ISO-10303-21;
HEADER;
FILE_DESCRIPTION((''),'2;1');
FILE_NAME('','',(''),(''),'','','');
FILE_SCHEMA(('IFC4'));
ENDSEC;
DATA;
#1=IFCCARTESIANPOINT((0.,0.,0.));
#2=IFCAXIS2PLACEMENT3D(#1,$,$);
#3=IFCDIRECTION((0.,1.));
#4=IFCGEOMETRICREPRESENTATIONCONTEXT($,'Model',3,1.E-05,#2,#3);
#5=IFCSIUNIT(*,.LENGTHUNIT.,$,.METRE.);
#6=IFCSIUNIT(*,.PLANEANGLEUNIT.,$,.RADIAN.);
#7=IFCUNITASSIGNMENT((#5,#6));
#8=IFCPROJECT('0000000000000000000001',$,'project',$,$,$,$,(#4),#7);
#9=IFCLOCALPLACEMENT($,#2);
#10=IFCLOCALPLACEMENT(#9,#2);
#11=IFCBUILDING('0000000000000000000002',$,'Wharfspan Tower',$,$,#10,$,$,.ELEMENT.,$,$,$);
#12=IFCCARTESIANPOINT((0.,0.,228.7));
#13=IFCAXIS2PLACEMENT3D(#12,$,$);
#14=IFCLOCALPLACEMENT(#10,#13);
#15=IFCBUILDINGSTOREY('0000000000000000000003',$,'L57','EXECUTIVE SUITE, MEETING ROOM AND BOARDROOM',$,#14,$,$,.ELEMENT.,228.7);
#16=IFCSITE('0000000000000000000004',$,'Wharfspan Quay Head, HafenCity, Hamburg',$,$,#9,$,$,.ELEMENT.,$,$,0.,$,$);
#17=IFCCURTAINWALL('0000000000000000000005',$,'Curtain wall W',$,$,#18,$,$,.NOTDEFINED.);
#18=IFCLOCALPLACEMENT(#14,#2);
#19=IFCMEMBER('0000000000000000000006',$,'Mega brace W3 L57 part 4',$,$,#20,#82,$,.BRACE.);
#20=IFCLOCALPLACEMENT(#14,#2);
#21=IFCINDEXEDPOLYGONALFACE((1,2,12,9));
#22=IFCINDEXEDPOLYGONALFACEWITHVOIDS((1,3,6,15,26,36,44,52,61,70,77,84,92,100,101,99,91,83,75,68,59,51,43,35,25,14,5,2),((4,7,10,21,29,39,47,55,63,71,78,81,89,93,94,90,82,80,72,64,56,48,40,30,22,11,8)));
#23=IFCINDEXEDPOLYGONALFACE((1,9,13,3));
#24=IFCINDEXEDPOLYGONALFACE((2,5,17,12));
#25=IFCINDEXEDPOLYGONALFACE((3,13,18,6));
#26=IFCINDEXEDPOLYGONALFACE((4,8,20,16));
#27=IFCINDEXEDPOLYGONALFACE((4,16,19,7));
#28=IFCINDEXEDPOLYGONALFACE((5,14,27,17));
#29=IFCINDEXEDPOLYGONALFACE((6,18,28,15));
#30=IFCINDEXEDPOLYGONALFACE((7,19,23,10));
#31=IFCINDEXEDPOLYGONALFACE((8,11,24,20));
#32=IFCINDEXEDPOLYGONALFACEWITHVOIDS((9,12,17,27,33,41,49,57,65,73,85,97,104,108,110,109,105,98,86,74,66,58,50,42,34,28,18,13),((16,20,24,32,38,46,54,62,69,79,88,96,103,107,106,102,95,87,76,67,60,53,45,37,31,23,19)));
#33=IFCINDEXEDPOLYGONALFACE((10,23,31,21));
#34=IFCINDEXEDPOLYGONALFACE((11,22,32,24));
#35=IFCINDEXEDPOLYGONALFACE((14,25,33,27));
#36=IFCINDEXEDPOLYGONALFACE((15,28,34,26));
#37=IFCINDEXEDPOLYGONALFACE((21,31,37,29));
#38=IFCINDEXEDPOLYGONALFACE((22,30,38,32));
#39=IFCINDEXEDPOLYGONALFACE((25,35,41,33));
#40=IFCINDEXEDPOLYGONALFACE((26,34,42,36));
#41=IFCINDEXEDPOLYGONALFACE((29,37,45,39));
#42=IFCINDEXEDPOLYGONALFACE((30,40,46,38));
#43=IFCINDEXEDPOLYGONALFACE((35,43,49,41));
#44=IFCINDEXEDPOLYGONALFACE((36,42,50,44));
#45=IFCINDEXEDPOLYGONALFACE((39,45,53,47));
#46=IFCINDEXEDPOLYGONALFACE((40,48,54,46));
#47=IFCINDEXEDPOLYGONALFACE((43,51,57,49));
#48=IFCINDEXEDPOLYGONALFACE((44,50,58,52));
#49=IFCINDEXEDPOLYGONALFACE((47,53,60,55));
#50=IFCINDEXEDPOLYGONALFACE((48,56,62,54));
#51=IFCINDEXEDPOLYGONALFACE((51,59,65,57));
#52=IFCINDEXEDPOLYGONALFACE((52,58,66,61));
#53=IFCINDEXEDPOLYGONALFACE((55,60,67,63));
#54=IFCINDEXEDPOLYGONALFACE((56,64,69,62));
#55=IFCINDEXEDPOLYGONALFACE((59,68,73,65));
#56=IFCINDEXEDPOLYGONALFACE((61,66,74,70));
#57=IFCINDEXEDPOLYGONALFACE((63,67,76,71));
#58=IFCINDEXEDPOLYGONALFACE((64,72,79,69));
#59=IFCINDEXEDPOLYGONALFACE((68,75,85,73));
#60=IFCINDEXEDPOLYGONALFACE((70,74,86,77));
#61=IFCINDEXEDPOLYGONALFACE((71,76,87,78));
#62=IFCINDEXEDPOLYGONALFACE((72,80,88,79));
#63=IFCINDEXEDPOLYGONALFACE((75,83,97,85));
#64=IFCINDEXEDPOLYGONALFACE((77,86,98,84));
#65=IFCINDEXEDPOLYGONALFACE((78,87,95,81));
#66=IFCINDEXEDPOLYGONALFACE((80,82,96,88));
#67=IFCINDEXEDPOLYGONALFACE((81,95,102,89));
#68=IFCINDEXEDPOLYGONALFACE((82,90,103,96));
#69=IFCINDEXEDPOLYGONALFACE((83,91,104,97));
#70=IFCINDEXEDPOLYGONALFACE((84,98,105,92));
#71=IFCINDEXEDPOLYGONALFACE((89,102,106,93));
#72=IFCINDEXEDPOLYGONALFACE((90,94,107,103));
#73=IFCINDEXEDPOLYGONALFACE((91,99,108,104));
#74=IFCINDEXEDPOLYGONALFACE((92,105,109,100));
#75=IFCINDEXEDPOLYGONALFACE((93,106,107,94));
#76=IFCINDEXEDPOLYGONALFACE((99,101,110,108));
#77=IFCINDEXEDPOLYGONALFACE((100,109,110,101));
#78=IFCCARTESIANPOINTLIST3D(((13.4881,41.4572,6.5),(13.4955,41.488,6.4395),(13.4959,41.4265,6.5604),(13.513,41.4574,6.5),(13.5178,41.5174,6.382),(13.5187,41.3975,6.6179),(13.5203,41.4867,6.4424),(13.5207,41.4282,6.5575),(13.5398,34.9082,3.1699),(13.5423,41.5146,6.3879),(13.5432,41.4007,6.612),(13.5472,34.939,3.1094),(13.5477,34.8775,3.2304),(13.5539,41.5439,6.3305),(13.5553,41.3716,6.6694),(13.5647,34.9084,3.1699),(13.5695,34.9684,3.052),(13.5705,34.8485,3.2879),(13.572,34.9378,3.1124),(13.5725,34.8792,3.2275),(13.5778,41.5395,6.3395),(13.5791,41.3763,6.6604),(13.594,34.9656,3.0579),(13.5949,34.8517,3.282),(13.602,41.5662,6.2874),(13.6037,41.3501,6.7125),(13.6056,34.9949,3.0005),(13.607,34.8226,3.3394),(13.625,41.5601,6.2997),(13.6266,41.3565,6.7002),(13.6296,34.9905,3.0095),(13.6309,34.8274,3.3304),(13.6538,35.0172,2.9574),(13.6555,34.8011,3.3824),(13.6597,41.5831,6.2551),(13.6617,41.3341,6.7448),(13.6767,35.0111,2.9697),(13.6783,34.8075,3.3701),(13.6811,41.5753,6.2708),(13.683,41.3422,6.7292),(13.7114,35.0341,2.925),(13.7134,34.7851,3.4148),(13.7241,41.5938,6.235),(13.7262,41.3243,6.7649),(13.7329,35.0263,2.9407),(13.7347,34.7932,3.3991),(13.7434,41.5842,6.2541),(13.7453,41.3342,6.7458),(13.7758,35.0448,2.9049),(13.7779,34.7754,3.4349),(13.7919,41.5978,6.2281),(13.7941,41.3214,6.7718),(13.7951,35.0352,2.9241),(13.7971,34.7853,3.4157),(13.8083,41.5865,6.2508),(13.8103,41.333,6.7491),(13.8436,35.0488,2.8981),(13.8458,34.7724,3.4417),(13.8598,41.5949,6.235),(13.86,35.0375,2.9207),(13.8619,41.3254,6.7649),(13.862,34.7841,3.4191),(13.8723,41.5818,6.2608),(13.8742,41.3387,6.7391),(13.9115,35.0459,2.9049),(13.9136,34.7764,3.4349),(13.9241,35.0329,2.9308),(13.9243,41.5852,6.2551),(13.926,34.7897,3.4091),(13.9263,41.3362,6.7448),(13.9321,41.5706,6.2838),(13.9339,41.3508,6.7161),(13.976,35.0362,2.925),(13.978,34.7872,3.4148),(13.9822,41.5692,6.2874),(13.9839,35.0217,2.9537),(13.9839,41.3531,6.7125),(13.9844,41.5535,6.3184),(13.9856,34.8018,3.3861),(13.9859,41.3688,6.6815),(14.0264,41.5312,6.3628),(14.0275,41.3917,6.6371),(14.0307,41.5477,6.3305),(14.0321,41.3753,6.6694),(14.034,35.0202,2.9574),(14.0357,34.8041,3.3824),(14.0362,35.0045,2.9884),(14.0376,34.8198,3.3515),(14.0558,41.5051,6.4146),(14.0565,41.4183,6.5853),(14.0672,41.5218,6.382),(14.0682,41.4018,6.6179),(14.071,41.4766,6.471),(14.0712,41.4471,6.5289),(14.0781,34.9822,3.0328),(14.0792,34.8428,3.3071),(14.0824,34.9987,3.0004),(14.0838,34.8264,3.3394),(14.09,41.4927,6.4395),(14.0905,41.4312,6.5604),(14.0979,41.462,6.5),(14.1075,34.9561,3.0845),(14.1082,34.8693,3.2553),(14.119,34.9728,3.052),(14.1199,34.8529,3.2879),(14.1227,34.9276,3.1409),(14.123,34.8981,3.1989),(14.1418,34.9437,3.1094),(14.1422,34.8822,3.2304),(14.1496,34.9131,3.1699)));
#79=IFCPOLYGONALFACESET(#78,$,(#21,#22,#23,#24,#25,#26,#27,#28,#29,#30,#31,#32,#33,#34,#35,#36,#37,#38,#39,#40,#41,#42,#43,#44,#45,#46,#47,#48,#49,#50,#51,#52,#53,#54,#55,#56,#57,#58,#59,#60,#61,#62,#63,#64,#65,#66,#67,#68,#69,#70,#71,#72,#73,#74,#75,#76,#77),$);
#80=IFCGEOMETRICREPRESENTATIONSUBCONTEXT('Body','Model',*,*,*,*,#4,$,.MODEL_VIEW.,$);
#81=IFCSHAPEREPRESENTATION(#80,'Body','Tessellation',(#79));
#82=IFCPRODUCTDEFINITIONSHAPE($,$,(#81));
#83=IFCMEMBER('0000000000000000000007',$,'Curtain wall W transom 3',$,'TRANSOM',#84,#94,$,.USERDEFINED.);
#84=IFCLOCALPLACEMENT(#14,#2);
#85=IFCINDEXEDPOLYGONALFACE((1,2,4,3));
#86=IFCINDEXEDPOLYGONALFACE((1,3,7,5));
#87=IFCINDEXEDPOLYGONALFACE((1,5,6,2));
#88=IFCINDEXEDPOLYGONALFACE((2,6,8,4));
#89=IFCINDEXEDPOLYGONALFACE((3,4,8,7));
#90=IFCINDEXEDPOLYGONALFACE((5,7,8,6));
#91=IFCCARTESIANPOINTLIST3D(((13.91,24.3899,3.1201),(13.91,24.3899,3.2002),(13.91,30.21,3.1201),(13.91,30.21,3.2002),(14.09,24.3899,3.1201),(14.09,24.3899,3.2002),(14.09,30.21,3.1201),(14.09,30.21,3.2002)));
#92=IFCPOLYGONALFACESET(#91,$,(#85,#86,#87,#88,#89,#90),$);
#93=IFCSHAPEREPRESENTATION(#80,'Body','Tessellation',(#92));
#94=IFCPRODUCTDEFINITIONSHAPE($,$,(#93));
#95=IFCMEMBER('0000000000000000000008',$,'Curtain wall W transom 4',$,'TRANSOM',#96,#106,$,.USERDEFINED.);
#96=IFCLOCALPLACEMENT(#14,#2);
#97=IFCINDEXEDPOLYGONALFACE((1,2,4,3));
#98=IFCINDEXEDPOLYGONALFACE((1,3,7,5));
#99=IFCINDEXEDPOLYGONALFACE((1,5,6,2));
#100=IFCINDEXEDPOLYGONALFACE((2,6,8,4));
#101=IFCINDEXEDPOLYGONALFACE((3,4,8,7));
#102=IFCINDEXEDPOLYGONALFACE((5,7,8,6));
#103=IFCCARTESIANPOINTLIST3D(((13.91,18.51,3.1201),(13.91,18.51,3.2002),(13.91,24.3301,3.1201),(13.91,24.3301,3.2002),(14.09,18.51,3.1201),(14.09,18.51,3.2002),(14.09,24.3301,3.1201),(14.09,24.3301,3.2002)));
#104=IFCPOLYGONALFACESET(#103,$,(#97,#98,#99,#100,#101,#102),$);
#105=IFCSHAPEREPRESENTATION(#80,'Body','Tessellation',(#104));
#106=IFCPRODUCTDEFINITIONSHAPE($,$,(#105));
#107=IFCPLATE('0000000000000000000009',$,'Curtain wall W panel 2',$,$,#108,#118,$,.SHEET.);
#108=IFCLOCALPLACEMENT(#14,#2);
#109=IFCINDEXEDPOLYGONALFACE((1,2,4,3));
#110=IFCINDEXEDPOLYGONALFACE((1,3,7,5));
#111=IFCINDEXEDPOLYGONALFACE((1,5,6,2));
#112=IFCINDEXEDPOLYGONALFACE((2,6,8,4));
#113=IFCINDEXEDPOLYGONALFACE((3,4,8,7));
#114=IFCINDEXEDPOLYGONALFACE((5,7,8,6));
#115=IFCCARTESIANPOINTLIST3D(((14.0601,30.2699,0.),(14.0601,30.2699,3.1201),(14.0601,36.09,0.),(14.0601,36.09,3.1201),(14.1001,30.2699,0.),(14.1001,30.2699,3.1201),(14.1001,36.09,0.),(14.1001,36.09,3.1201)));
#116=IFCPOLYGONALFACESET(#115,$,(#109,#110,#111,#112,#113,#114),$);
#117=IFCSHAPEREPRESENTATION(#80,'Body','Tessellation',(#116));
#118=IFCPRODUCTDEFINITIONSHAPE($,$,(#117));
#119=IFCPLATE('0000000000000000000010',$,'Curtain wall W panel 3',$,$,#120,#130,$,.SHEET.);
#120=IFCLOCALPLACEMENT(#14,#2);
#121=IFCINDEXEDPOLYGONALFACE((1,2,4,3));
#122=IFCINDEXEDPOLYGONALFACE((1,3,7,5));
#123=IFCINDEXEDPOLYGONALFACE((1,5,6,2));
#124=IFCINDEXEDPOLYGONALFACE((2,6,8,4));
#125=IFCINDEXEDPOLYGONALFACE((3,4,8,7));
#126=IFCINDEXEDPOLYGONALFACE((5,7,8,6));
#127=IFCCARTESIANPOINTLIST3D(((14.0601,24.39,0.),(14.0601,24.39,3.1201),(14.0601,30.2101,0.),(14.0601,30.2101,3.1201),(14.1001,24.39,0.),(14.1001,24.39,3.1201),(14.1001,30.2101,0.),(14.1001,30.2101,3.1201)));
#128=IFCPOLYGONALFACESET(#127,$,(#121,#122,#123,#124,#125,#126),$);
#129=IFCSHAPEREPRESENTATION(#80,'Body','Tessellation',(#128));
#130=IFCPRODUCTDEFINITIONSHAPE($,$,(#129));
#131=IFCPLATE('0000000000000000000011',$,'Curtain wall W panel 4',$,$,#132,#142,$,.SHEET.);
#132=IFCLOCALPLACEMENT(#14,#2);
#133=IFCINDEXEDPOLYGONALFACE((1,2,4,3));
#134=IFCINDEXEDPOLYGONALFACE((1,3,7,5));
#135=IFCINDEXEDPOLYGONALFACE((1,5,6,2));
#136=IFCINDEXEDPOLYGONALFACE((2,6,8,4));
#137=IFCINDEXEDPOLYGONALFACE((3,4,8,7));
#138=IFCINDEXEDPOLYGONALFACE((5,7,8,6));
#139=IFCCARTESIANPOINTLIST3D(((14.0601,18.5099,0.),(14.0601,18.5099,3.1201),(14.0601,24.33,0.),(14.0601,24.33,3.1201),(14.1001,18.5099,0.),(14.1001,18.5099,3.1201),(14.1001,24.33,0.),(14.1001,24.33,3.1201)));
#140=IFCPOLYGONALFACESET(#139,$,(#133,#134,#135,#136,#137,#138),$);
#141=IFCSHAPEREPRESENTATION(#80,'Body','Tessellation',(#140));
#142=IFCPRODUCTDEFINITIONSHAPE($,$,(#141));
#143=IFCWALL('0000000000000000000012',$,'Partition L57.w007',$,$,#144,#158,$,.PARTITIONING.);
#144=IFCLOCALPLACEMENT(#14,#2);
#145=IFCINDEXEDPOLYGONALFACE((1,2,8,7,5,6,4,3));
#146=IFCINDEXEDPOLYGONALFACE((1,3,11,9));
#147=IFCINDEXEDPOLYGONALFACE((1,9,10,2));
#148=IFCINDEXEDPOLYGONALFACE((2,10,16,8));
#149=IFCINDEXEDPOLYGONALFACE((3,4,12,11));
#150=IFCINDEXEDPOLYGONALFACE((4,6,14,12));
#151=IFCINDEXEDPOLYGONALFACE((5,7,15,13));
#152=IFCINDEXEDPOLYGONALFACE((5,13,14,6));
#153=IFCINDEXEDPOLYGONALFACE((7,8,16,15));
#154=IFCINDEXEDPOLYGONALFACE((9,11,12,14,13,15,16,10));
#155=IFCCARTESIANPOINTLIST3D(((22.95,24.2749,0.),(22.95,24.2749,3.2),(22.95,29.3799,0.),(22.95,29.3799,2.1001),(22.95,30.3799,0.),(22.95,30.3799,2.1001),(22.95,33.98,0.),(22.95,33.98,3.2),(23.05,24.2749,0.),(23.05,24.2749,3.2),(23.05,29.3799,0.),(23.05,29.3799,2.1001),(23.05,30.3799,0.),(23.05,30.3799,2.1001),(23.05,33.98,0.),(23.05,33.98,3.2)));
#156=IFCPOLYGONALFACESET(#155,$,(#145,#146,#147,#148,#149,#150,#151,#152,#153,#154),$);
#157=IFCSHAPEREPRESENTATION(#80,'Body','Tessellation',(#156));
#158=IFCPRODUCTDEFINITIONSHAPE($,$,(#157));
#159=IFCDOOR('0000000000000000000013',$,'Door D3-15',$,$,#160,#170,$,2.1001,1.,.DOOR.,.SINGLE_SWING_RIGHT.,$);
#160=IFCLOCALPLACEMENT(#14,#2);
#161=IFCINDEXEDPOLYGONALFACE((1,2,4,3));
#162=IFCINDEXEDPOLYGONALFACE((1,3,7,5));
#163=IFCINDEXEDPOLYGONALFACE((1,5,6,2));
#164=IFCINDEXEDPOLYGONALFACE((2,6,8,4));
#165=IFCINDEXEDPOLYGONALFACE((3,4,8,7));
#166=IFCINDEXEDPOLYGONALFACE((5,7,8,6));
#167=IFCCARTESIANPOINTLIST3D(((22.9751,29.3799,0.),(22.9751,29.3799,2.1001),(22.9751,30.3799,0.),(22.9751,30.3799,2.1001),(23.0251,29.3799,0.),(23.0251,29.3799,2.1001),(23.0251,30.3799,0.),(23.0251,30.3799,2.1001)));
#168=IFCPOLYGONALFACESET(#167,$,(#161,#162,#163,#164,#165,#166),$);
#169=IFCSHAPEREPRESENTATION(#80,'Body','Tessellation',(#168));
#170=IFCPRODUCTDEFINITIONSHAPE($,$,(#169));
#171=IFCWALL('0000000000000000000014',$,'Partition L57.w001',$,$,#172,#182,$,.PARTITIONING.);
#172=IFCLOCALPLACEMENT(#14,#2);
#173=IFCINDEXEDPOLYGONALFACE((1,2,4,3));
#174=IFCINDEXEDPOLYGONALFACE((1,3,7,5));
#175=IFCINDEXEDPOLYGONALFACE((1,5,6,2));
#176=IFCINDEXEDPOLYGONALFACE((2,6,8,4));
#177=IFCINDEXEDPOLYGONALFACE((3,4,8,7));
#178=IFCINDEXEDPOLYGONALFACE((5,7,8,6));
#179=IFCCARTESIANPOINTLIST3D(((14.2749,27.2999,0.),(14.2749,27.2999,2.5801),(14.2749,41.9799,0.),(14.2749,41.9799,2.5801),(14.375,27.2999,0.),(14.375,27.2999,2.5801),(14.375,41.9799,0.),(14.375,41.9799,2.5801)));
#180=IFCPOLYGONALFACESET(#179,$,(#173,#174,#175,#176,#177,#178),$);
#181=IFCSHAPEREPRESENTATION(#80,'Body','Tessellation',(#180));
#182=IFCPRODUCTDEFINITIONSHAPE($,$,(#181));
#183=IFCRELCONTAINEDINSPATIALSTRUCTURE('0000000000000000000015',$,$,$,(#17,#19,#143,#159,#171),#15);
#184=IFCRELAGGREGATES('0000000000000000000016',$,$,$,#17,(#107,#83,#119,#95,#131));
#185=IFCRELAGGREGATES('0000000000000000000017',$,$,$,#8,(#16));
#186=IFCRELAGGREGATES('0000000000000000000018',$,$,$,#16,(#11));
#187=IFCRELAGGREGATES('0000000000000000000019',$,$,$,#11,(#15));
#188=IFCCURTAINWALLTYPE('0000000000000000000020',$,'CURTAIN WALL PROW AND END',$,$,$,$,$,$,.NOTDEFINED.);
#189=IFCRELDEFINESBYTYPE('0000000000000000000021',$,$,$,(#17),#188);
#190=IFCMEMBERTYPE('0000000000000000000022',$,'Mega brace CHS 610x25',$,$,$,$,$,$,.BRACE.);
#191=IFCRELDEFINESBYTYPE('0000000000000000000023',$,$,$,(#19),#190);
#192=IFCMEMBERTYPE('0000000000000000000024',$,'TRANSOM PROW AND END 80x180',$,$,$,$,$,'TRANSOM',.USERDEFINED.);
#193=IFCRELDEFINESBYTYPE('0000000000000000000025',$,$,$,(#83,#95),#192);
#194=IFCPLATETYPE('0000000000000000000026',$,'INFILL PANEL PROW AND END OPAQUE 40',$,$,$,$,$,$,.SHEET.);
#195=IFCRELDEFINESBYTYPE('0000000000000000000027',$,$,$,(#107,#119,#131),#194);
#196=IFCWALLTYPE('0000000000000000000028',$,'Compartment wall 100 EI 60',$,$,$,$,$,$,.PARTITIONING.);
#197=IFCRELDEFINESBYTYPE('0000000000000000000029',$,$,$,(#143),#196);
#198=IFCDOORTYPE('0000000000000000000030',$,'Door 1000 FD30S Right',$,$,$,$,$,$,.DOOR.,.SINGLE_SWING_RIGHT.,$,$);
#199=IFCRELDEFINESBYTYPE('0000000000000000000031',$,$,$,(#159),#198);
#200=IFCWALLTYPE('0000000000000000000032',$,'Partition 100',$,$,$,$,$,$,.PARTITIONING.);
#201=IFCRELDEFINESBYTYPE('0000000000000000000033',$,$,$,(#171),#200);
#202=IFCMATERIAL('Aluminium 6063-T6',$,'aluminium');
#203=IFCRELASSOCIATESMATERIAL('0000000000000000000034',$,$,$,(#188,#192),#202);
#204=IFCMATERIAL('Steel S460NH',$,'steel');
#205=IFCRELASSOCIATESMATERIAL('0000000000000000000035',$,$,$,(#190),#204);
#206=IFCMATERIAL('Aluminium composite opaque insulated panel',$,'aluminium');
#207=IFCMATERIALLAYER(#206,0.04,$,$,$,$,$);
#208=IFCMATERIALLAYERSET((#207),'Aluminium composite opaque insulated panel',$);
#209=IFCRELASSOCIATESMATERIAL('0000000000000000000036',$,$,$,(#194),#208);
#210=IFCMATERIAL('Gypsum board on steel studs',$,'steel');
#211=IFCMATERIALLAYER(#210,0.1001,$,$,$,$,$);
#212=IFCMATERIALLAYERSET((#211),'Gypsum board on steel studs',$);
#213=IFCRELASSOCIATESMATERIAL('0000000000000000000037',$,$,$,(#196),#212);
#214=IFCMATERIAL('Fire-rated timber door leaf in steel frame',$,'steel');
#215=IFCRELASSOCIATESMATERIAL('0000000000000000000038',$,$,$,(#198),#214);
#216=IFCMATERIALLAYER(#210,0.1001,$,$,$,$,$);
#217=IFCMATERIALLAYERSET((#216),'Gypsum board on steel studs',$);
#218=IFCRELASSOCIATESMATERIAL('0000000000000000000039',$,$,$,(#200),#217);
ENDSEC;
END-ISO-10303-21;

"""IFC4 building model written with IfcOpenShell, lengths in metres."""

from ifc_helpers import new_model, si_unit, direction, frame, frame_2d, origin, origin_2d, place, context, subcontext, project, spatial, rectangle, hollow_circle, extrude, material, layer, layer_set, material_profile, profile_set, type_object, element, fill, aggregate, save


model = new_model("IFC4")

# Units and contexts
model_context = context("Model", 3, precision=1e-05, world=origin(), true_north=direction((0.0, 1.0)))
body_context = subcontext(model_context, "Body", "Model", "MODEL_VIEW")
ifc_project = project(units=[si_unit("LENGTHUNIT", "METRE"), si_unit("PLANEANGLEUNIT", "RADIAN")], contexts=[model_context])

# Site, building, storey
site_placement = place(None, origin())
site = spatial("IfcSite", under=ifc_project, at=site_placement, Name="Wharfspan Quay Head, HafenCity, Hamburg", CompositionType="ELEMENT", RefElevation=0.0)
building_placement = place(site_placement, origin())
building = spatial("IfcBuilding", under=site, at=building_placement, Name="Wharfspan Tower", CompositionType="ELEMENT")
storey_placement = place(building_placement, frame((0.0, 0.0, 228.7)))
storey = spatial("IfcBuildingStorey", under=building, at=storey_placement, Name="L57", Description="EXECUTIVE SUITE, MEETING ROOM AND BOARDROOM", CompositionType="ELEMENT", Elevation=228.7)

# Curtain wall
ifc_material_1 = material(Name="Aluminium 6063-T6", Category="aluminium")
curtain_wall_type = type_object("IfcCurtainWallType", Name="CURTAIN WALL PROW AND END", PredefinedType="NOTDEFINED", material=ifc_material_1)
curtain_wall_placement = place(storey_placement, origin())
curtain_wall = element("IfcCurtainWall", 1, at=curtain_wall_placement, inside=storey, type_object=curtain_wall_type, Name="Curtain wall W", PredefinedType="NOTDEFINED")

# Member
ifc_material_2 = material(Name="Steel S460NH", Category="steel")
ifc_material_profile_1 = material_profile(ifc_material_2, hollow_circle(Radius=0.3049, WallThickness=0.0249, at=origin_2d()))
ifc_profile_set_1 = profile_set([ifc_material_profile_1], Name="Steel S460NH")
member_type_1 = type_object("IfcMemberType", Name="Mega brace CHS 610x25", PredefinedType="BRACE", material=ifc_profile_set_1)
for number, where, z_axis, x_axis, name in (
    (2, (13.8447, 34.9106, 3.1699), (-0.007044, 0.891361, 0.45324), (-0.999973, -0.007904, 0.000003), "Mega brace W3 L57 part 4"),
):
    element("IfcMember", number, at=place(storey_placement, frame(where, z_axis=z_axis, x_axis=x_axis)), inside=storey, type_object=member_type_1, Name=name, PredefinedType="BRACE", context=body_context, shape_type="SweptSolid", body=[
        extrude(hollow_circle(Radius=0.3049, WallThickness=0.0249, at=origin_2d()), origin(), (0.0, 0.0, 1.0), 7.3472),
    ])

# Members
ifc_material_profile_2 = material_profile(ifc_material_1, rectangle(XDim=0.1799, YDim=0.0801, at=origin_2d()))
ifc_profile_set_2 = profile_set([ifc_material_profile_2], Name="Aluminium 6063-T6")
member_type_2 = type_object("IfcMemberType", Name="TRANSOM PROW AND END 80x180", ElementType="TRANSOM", PredefinedType="USERDEFINED", material=ifc_profile_set_2)
member_1_placement = place(storey_placement, frame((14.0, 30.21, 3.1602), z_axis=(0.0, -1.0, 0.0), x_axis=(1.0, 0.0, 0.0)))
member_1 = element("IfcMember", 3, at=member_1_placement, type_object=member_type_2, Name="Curtain wall W transom 3", ObjectType="TRANSOM", PredefinedType="USERDEFINED", context=body_context, shape_type="SweptSolid", body=[
    extrude(rectangle(XDim=0.1799, YDim=0.0801, at=origin_2d()), origin(), (0.0, 0.0, 1.0), 5.8201),
])
member_2_placement = place(storey_placement, frame((14.0, 24.3301, 3.1602), z_axis=(0.0, -1.0, 0.0), x_axis=(1.0, 0.0, 0.0)))
member_2 = element("IfcMember", 4, at=member_2_placement, type_object=member_type_2, Name="Curtain wall W transom 4", ObjectType="TRANSOM", PredefinedType="USERDEFINED", context=body_context, shape_type="SweptSolid", body=[
    extrude(rectangle(XDim=0.1799, YDim=0.0801, at=origin_2d()), origin(), (0.0, 0.0, 1.0), 5.8201),
])

# Plates
ifc_material_3 = material(Name="Aluminium composite opaque insulated panel", Category="aluminium")
ifc_layer_1 = layer(ifc_material_3, 0.04)
ifc_layer_set_1 = layer_set([ifc_layer_1], Name="Aluminium composite opaque insulated panel")
plate_type = type_object("IfcPlateType", Name="INFILL PANEL PROW AND END OPAQUE 40", PredefinedType="SHEET", material=ifc_layer_set_1)
plate_1_placement = place(storey_placement, frame((14.0801, 33.1799, 0.0), z_axis=(0.0, 0.0, 1.0), x_axis=(0.0, -1.0, 0.0)))
plate_1 = element("IfcPlate", 5, at=plate_1_placement, type_object=plate_type, Name="Curtain wall W panel 2", PredefinedType="SHEET", context=body_context, shape_type="SweptSolid", body=[
    extrude(rectangle(XDim=5.8201, YDim=0.04, at=origin_2d()), origin(), (0.0, 0.0, 1.0), 3.1201),
])
plate_2_placement = place(storey_placement, frame((14.0801, 27.3, 0.0), z_axis=(0.0, 0.0, 1.0), x_axis=(0.0, -1.0, 0.0)))
plate_2 = element("IfcPlate", 6, at=plate_2_placement, type_object=plate_type, Name="Curtain wall W panel 3", PredefinedType="SHEET", context=body_context, shape_type="SweptSolid", body=[
    extrude(rectangle(XDim=5.8201, YDim=0.04, at=origin_2d()), origin(), (0.0, 0.0, 1.0), 3.1201),
])
plate_3_placement = place(storey_placement, frame((14.0801, 21.4199, 0.0), z_axis=(0.0, 0.0, 1.0), x_axis=(0.0, -1.0, 0.0)))
plate_3 = element("IfcPlate", 7, at=plate_3_placement, type_object=plate_type, Name="Curtain wall W panel 4", PredefinedType="SHEET", context=body_context, shape_type="SweptSolid", body=[
    extrude(rectangle(XDim=5.8201, YDim=0.04, at=origin_2d()), origin(), (0.0, 0.0, 1.0), 3.1201),
])
aggregate(curtain_wall, [plate_1, member_1, plate_2, member_2, plate_3])

# Wall, opening, door
ifc_material_4 = material(Name="Gypsum board on steel studs", Category="steel")
ifc_layer_2 = layer(ifc_material_4, 0.1001)
ifc_layer_set_2 = layer_set([ifc_layer_2], Name="Gypsum board on steel studs")
wall_type_1 = type_object("IfcWallType", Name="Compartment wall 100 EI 60", PredefinedType="PARTITIONING", material=ifc_layer_set_2)
wall_1_placement = place(storey_placement, frame((23.0, 24.2749, 0.0), z_axis=(0.0, 0.0, 1.0), x_axis=(0.0, 1.0, 0.0)))
wall_1 = element("IfcWall", 8, at=wall_1_placement, inside=storey, type_object=wall_type_1, Name="Partition L57.w007", PredefinedType="PARTITIONING", context=body_context, shape_type="SweptSolid", body=[
    extrude(rectangle(XDim=9.7051, YDim=0.1001, at=frame_2d((4.8525, 0.0))), origin(), (0.0, 0.0, 1.0), 3.2),
])
opening_placement = place(wall_1_placement, frame((5.105, 0.0, 0.0)))
opening = element("IfcOpeningElement", 9, at=opening_placement, cuts=wall_1, PredefinedType="OPENING", context=body_context, shape_type="SweptSolid", body=[
    extrude(rectangle(XDim=1.0, YDim=2.1001, at=frame_2d((0.5, 1.05))), frame((0.0, 0.0601, 0.0), z_axis=(0.0, -1.0, 0.0), x_axis=(1.0, 0.0, 0.0)), (0.0, 0.0, 1.0), 0.1201),
])
ifc_material_5 = material(Name="Fire-rated timber door leaf in steel frame", Category="steel")
door_type = type_object("IfcDoorType", Name="Door 1000 FD30S Right", OperationType="SINGLE_SWING_RIGHT", PredefinedType="DOOR", material=ifc_material_5)
door_placement = place(opening_placement, origin())
door = element("IfcDoor", 10, at=door_placement, inside=storey, type_object=door_type, Name="Door D3-15", OperationType="SINGLE_SWING_RIGHT", OverallHeight=2.1001, OverallWidth=1.0, PredefinedType="DOOR", context=body_context, shape_type="SweptSolid", body=[
    extrude(rectangle(XDim=1.0, YDim=2.1001, at=frame_2d((0.5, 1.05))), frame((0.0, 0.0249, 0.0), z_axis=(0.0, -1.0, 0.0), x_axis=(1.0, 0.0, 0.0)), (0.0, 0.0, 1.0), 0.05),
])
fill(opening, door)

# Wall
ifc_layer_3 = layer(ifc_material_4, 0.1001)
ifc_layer_set_3 = layer_set([ifc_layer_3], Name="Gypsum board on steel studs")
wall_type_2 = type_object("IfcWallType", Name="Partition 100", PredefinedType="PARTITIONING", material=ifc_layer_set_3)
wall_2_placement = place(storey_placement, frame((14.325, 27.3, 0.0), z_axis=(0.0, 0.0, 1.0), x_axis=(0.0, 1.0, 0.0)))
element("IfcWall", 11, at=wall_2_placement, inside=storey, type_object=wall_type_2, Name="Partition L57.w001", PredefinedType="PARTITIONING", context=body_context, shape_type="SweptSolid", body=[
    extrude(rectangle(XDim=14.6799, YDim=0.1001, at=frame_2d((7.3398, 0.0))), origin(), (0.0, 0.0, 1.0), 2.5801),
])

save(model, "model.ifc")
